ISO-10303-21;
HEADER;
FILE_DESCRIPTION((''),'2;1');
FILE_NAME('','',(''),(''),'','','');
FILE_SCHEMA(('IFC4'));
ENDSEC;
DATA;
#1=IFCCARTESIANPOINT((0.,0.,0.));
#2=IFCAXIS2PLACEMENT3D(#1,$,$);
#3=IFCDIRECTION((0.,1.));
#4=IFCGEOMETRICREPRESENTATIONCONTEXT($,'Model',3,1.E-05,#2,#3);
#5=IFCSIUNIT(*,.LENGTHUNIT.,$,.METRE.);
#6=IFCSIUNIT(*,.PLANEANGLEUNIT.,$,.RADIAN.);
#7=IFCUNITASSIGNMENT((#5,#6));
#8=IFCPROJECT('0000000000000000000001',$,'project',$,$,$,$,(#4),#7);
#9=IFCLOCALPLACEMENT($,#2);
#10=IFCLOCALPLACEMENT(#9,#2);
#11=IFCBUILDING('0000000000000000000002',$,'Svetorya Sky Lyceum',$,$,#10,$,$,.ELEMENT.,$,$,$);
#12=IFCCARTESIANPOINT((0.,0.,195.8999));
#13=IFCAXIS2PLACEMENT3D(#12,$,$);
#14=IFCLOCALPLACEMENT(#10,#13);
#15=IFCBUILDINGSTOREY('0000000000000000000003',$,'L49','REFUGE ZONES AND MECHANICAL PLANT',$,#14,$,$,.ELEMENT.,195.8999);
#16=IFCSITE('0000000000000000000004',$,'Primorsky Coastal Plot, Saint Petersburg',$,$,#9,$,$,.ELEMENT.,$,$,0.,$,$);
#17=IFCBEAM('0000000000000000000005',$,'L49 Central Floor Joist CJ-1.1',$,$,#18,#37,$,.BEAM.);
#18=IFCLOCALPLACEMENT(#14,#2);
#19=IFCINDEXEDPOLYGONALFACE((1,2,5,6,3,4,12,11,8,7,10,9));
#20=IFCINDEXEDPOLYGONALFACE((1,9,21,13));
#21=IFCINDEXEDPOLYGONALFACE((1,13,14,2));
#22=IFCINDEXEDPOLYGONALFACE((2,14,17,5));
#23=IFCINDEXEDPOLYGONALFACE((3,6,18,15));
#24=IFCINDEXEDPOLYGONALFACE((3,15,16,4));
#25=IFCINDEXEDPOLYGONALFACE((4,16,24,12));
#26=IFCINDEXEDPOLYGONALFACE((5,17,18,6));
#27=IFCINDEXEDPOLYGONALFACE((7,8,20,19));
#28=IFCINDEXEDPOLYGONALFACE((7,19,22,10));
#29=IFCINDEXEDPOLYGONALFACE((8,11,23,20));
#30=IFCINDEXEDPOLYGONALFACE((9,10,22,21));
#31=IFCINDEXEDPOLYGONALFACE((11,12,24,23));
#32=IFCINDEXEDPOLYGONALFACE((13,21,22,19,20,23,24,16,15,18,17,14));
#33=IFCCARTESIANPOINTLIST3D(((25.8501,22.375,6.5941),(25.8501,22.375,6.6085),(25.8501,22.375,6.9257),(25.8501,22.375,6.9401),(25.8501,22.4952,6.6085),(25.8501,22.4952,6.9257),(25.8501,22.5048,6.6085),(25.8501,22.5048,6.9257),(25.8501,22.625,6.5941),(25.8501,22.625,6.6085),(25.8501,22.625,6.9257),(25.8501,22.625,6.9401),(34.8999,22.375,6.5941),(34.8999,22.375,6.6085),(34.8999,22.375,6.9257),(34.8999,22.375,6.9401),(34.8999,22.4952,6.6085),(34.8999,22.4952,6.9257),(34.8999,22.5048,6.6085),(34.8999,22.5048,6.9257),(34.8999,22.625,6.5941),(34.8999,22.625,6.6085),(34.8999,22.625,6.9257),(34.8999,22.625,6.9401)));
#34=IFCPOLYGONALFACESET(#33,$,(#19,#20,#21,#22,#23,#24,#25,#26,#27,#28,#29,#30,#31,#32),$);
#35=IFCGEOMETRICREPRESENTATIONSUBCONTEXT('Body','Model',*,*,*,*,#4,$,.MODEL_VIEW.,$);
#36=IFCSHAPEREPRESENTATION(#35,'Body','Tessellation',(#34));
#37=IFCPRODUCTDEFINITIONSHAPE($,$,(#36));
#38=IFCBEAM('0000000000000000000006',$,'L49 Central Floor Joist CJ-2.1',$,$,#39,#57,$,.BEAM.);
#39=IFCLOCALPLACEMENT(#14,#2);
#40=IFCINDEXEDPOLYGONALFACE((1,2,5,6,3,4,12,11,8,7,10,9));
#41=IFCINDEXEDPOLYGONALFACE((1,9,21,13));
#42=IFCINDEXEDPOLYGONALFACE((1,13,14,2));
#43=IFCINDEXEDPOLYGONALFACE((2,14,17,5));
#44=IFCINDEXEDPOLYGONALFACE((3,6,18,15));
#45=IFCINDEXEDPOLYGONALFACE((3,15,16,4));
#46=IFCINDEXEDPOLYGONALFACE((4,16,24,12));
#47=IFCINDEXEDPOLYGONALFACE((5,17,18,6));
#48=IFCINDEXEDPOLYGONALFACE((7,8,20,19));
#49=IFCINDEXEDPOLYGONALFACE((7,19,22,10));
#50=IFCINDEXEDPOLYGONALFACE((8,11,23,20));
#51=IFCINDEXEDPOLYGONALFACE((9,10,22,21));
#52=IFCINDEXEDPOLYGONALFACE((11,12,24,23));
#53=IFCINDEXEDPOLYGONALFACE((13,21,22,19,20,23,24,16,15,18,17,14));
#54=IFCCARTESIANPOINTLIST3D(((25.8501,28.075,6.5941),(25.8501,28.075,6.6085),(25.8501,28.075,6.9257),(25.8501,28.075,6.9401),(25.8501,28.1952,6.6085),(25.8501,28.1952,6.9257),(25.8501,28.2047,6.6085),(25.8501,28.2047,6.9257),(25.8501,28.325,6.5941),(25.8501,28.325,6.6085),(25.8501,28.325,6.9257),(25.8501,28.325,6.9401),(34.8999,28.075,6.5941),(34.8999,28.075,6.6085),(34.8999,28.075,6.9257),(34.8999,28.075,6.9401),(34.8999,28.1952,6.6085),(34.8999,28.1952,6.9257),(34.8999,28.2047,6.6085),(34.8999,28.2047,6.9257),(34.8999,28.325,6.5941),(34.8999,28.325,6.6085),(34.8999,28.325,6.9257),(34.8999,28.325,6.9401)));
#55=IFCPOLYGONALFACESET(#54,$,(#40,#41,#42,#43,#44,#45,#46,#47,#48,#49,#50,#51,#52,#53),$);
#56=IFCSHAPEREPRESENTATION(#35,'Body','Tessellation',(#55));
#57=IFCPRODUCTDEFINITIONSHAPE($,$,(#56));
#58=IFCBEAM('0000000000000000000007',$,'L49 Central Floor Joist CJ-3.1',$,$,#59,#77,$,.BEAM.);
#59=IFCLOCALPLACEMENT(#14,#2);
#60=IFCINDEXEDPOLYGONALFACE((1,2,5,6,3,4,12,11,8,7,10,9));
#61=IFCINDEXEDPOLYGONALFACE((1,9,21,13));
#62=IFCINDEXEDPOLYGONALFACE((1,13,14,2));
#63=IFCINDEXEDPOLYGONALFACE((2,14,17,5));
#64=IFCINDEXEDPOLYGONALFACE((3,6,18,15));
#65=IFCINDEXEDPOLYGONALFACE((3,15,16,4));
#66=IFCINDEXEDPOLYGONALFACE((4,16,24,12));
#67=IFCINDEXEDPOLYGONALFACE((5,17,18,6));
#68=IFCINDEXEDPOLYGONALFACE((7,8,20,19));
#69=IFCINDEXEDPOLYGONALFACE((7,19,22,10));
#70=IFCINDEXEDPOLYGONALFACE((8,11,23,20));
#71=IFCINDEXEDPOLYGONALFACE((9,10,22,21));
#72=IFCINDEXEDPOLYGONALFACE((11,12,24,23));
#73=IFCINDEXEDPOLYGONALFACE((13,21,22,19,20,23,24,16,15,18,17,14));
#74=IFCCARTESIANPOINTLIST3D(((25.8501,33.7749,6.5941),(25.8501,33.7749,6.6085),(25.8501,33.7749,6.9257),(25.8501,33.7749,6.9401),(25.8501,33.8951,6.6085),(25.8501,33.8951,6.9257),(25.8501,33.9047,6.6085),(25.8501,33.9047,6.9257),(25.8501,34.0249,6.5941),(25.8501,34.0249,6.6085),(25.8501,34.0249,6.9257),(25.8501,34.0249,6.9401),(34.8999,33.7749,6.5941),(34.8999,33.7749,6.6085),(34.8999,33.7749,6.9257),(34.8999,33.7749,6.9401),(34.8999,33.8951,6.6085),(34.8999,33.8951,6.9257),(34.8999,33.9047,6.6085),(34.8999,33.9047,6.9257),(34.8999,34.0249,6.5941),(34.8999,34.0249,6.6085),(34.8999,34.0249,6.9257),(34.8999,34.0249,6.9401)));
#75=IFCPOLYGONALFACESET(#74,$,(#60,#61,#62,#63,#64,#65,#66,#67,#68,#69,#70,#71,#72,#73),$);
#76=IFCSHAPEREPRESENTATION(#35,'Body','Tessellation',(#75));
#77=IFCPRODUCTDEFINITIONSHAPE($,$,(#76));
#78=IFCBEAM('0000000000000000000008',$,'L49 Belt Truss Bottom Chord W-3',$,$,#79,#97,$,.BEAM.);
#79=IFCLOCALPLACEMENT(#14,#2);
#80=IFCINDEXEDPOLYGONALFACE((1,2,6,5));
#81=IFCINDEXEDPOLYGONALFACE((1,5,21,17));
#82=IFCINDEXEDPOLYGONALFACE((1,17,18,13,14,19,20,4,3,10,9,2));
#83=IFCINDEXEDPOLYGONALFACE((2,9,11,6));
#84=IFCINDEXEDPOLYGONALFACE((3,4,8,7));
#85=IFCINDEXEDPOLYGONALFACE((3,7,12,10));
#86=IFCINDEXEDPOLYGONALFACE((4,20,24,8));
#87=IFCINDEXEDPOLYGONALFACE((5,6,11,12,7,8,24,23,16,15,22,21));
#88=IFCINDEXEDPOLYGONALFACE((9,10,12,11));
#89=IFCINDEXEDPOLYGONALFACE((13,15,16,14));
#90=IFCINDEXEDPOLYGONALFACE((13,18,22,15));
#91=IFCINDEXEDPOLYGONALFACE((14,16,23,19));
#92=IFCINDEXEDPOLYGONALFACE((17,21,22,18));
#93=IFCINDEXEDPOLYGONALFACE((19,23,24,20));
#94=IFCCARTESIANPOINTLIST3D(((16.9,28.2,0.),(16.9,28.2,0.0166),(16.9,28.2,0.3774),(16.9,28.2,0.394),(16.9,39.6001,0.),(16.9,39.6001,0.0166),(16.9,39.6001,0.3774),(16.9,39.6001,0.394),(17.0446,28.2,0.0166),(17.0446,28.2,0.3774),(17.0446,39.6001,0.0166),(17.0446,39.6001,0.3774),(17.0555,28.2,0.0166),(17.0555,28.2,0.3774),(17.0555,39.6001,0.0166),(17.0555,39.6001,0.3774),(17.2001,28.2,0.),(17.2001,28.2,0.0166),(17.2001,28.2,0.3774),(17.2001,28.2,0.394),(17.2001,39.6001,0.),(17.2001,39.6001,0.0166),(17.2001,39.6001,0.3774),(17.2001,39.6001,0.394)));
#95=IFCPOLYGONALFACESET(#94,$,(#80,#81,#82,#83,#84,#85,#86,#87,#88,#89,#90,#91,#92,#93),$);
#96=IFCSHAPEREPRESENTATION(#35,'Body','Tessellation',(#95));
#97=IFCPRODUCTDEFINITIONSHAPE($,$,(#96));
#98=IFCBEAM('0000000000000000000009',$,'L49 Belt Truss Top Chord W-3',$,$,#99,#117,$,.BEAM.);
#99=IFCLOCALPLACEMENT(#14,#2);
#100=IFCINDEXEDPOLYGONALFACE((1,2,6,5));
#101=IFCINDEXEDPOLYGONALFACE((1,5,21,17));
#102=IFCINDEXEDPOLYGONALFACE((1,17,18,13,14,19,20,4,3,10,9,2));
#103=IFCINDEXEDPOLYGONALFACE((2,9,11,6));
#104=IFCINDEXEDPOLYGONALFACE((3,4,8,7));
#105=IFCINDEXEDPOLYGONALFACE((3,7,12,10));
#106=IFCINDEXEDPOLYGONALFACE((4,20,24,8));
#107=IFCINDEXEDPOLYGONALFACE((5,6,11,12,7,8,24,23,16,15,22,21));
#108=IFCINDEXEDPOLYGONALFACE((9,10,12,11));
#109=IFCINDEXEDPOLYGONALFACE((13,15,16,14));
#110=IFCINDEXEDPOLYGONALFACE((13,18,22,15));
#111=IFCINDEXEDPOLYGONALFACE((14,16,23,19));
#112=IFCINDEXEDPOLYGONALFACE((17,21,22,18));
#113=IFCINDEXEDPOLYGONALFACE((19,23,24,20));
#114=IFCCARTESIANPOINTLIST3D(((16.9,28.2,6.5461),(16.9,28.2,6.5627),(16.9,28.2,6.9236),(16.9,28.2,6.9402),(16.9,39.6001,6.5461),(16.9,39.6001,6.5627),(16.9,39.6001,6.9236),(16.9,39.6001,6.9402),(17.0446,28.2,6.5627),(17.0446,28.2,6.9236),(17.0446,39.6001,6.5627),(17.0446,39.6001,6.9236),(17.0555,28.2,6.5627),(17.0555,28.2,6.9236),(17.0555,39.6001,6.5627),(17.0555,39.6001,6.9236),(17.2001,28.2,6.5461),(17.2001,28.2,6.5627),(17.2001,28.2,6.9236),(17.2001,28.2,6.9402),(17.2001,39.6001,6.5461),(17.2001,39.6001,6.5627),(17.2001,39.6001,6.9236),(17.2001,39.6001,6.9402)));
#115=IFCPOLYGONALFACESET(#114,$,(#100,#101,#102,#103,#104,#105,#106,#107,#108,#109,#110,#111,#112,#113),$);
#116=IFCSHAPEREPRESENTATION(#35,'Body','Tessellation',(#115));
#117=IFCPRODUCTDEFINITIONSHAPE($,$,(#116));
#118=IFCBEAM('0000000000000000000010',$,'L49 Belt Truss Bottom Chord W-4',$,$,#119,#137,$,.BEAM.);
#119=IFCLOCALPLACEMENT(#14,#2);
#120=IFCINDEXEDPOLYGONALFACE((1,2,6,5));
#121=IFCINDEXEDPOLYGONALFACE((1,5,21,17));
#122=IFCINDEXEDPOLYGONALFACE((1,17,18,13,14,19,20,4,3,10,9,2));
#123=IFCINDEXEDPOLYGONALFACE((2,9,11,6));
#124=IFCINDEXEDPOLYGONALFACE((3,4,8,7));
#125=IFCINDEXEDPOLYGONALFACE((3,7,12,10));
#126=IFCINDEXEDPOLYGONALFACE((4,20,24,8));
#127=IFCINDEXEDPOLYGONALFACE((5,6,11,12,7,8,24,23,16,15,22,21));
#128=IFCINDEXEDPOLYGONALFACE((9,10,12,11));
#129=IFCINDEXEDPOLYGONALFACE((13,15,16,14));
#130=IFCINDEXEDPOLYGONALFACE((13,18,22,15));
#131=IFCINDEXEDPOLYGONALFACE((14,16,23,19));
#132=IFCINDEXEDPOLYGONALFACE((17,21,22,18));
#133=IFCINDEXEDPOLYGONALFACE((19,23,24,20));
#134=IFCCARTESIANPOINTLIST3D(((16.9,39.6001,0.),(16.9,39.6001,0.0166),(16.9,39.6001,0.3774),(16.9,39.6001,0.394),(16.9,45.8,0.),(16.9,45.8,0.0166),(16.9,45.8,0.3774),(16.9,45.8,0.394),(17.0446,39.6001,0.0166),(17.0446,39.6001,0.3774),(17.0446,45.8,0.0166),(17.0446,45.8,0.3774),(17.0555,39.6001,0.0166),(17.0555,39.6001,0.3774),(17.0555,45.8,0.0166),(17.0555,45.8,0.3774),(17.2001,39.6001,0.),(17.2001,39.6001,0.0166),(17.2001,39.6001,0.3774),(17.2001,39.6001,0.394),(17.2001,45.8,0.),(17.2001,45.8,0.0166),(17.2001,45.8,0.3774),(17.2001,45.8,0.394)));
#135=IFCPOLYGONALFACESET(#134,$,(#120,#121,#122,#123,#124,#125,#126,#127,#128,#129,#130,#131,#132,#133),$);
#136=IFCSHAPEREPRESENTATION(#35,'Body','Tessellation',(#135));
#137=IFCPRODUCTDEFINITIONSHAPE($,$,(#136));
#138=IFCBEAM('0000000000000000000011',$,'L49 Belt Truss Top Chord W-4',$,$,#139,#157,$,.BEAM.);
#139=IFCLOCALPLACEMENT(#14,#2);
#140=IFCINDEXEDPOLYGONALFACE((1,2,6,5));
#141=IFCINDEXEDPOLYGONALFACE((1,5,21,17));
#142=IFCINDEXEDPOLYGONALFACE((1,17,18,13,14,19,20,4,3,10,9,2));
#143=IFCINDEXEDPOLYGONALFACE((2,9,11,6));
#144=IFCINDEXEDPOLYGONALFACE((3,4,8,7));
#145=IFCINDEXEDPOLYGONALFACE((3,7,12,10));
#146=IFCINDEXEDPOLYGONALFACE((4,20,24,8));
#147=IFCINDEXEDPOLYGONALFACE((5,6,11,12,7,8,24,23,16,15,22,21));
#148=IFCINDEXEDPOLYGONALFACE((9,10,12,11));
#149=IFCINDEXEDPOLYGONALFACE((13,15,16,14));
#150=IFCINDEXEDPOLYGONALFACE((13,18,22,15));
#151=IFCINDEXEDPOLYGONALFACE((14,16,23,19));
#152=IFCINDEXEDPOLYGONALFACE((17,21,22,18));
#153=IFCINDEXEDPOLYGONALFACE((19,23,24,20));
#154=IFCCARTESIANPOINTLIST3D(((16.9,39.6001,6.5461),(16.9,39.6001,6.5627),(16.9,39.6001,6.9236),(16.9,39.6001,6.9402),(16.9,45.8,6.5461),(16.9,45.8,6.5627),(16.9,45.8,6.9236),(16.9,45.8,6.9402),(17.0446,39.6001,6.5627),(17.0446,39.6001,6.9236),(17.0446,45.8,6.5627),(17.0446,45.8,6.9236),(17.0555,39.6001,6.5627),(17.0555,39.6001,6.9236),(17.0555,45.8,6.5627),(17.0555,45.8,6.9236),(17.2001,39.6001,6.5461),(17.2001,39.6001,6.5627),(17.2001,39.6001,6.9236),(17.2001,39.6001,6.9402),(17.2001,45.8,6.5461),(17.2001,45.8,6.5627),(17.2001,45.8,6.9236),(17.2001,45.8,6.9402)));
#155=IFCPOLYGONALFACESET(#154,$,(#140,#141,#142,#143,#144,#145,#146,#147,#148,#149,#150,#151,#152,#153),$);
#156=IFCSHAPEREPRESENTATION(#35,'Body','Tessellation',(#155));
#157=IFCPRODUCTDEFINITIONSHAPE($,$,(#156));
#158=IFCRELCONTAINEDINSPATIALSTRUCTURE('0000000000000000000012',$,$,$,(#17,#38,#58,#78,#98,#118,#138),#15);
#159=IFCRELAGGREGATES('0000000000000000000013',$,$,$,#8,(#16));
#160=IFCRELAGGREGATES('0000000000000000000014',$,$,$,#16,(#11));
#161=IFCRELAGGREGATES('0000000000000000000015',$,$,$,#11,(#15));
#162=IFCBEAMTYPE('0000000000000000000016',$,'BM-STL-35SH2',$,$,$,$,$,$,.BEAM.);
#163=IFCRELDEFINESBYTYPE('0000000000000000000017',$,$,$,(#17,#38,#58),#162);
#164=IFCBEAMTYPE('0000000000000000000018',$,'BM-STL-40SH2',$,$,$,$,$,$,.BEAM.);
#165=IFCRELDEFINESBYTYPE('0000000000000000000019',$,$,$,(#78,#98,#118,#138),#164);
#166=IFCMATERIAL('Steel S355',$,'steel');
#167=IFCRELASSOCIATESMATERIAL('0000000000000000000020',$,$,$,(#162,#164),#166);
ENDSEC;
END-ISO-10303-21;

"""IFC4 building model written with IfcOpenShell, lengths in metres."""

from ifc_helpers import new_model, si_unit, direction, frame, origin, origin_2d, place, context, subcontext, project, spatial, i_section, extrude, material, material_profile, profile_set, type_object, element, save


model = new_model("IFC4")

# Units and contexts
model_context = context("Model", 3, precision=1e-05, world=origin(), true_north=direction((0.0, 1.0)))
body_context = subcontext(model_context, "Body", "Model", "MODEL_VIEW")
ifc_project = project(units=[si_unit("LENGTHUNIT", "METRE"), si_unit("PLANEANGLEUNIT", "RADIAN")], contexts=[model_context])

# Site, building, storey
site_placement = place(None, origin())
site = spatial("IfcSite", under=ifc_project, at=site_placement, Name="Primorsky Coastal Plot, Saint Petersburg", CompositionType="ELEMENT", RefElevation=0.0)
building_placement = place(site_placement, origin())
building = spatial("IfcBuilding", under=site, at=building_placement, Name="Svetorya Sky Lyceum", CompositionType="ELEMENT")
storey_placement = place(building_placement, frame((0.0, 0.0, 195.8999)))
storey = spatial("IfcBuildingStorey", under=building, at=storey_placement, Name="L49", Description="REFUGE ZONES AND MECHANICAL PLANT", CompositionType="ELEMENT", Elevation=195.8999)

# Beams
ifc_material_1 = material(Name="Steel S355", Category="steel")
ifc_material_profile_1 = material_profile(ifc_material_1, i_section(OverallWidth=0.25, OverallDepth=0.3459, WebThickness=0.0095, FlangeThickness=0.0144, at=origin_2d()), Name="GOST 35Sh2")
ifc_profile_set_1 = profile_set([ifc_material_profile_1], Name="Steel S355")
beam_type_1 = type_object("IfcBeamType", Name="BM-STL-35SH2", PredefinedType="BEAM", material=ifc_profile_set_1)
for number, where, z_axis, x_axis, name in (
    (1, (25.8501, 22.5, 6.7671), (1.0, 0.0, 0.0), (0.0, 1.0, 0.0), "L49 Central Floor Joist CJ-1.1"),
    (2, (25.8501, 28.2, 6.7671), (1.0, 0.0, 0.0), (0.0, 1.0, 0.0), "L49 Central Floor Joist CJ-2.1"),
    (3, (25.8501, 33.8999, 6.7671), (1.0, 0.0, 0.0), (0.0, 1.0, 0.0), "L49 Central Floor Joist CJ-3.1"),
):
    element("IfcBeam", number, at=place(storey_placement, frame(where, z_axis=z_axis, x_axis=x_axis)), inside=storey, type_object=beam_type_1, Name=name, PredefinedType="BEAM", context=body_context, shape_type="SweptSolid", body=[
        extrude(i_section(OverallWidth=0.25, OverallDepth=0.3459, WebThickness=0.0095, FlangeThickness=0.0144, at=origin_2d()), origin(), (0.0, 0.0, 1.0), 9.0498),
    ])
ifc_material_profile_2 = material_profile(ifc_material_1, i_section(OverallWidth=0.3, OverallDepth=0.394, WebThickness=0.011, FlangeThickness=0.0166, at=origin_2d()), Name="GOST 40Sh2")
ifc_profile_set_2 = profile_set([ifc_material_profile_2], Name="Steel S355")
beam_type_2 = type_object("IfcBeamType", Name="BM-STL-40SH2", PredefinedType="BEAM", material=ifc_profile_set_2)
for number, where, z_axis, x_axis, name in (
    (4, (17.05, 28.2, 0.197), (0.0, 1.0, 0.0), (-1.0, 0.0, 0.0), "L49 Belt Truss Bottom Chord W-3"),
    (5, (17.05, 28.2, 6.7432), (0.0, 1.0, 0.0), (-1.0, 0.0, 0.0), "L49 Belt Truss Top Chord W-3"),
):
    element("IfcBeam", number, at=place(storey_placement, frame(where, z_axis=z_axis, x_axis=x_axis)), inside=storey, type_object=beam_type_2, Name=name, PredefinedType="BEAM", context=body_context, shape_type="SweptSolid", body=[
        extrude(i_section(OverallWidth=0.3, OverallDepth=0.394, WebThickness=0.011, FlangeThickness=0.0166, at=origin_2d()), origin(), (0.0, 0.0, 1.0), 11.4001),
    ])
for number, where, z_axis, x_axis, name in (
    (6, (17.05, 39.6001, 0.197), (0.0, 1.0, 0.0), (-1.0, 0.0, 0.0), "L49 Belt Truss Bottom Chord W-4"),
    (7, (17.05, 39.6001, 6.7432), (0.0, 1.0, 0.0), (-1.0, 0.0, 0.0), "L49 Belt Truss Top Chord W-4"),
):
    element("IfcBeam", number, at=place(storey_placement, frame(where, z_axis=z_axis, x_axis=x_axis)), inside=storey, type_object=beam_type_2, Name=name, PredefinedType="BEAM", context=body_context, shape_type="SweptSolid", body=[
        extrude(i_section(OverallWidth=0.3, OverallDepth=0.394, WebThickness=0.011, FlangeThickness=0.0166, at=origin_2d()), origin(), (0.0, 0.0, 1.0), 6.2),
    ])

save(model, "model.ifc")
